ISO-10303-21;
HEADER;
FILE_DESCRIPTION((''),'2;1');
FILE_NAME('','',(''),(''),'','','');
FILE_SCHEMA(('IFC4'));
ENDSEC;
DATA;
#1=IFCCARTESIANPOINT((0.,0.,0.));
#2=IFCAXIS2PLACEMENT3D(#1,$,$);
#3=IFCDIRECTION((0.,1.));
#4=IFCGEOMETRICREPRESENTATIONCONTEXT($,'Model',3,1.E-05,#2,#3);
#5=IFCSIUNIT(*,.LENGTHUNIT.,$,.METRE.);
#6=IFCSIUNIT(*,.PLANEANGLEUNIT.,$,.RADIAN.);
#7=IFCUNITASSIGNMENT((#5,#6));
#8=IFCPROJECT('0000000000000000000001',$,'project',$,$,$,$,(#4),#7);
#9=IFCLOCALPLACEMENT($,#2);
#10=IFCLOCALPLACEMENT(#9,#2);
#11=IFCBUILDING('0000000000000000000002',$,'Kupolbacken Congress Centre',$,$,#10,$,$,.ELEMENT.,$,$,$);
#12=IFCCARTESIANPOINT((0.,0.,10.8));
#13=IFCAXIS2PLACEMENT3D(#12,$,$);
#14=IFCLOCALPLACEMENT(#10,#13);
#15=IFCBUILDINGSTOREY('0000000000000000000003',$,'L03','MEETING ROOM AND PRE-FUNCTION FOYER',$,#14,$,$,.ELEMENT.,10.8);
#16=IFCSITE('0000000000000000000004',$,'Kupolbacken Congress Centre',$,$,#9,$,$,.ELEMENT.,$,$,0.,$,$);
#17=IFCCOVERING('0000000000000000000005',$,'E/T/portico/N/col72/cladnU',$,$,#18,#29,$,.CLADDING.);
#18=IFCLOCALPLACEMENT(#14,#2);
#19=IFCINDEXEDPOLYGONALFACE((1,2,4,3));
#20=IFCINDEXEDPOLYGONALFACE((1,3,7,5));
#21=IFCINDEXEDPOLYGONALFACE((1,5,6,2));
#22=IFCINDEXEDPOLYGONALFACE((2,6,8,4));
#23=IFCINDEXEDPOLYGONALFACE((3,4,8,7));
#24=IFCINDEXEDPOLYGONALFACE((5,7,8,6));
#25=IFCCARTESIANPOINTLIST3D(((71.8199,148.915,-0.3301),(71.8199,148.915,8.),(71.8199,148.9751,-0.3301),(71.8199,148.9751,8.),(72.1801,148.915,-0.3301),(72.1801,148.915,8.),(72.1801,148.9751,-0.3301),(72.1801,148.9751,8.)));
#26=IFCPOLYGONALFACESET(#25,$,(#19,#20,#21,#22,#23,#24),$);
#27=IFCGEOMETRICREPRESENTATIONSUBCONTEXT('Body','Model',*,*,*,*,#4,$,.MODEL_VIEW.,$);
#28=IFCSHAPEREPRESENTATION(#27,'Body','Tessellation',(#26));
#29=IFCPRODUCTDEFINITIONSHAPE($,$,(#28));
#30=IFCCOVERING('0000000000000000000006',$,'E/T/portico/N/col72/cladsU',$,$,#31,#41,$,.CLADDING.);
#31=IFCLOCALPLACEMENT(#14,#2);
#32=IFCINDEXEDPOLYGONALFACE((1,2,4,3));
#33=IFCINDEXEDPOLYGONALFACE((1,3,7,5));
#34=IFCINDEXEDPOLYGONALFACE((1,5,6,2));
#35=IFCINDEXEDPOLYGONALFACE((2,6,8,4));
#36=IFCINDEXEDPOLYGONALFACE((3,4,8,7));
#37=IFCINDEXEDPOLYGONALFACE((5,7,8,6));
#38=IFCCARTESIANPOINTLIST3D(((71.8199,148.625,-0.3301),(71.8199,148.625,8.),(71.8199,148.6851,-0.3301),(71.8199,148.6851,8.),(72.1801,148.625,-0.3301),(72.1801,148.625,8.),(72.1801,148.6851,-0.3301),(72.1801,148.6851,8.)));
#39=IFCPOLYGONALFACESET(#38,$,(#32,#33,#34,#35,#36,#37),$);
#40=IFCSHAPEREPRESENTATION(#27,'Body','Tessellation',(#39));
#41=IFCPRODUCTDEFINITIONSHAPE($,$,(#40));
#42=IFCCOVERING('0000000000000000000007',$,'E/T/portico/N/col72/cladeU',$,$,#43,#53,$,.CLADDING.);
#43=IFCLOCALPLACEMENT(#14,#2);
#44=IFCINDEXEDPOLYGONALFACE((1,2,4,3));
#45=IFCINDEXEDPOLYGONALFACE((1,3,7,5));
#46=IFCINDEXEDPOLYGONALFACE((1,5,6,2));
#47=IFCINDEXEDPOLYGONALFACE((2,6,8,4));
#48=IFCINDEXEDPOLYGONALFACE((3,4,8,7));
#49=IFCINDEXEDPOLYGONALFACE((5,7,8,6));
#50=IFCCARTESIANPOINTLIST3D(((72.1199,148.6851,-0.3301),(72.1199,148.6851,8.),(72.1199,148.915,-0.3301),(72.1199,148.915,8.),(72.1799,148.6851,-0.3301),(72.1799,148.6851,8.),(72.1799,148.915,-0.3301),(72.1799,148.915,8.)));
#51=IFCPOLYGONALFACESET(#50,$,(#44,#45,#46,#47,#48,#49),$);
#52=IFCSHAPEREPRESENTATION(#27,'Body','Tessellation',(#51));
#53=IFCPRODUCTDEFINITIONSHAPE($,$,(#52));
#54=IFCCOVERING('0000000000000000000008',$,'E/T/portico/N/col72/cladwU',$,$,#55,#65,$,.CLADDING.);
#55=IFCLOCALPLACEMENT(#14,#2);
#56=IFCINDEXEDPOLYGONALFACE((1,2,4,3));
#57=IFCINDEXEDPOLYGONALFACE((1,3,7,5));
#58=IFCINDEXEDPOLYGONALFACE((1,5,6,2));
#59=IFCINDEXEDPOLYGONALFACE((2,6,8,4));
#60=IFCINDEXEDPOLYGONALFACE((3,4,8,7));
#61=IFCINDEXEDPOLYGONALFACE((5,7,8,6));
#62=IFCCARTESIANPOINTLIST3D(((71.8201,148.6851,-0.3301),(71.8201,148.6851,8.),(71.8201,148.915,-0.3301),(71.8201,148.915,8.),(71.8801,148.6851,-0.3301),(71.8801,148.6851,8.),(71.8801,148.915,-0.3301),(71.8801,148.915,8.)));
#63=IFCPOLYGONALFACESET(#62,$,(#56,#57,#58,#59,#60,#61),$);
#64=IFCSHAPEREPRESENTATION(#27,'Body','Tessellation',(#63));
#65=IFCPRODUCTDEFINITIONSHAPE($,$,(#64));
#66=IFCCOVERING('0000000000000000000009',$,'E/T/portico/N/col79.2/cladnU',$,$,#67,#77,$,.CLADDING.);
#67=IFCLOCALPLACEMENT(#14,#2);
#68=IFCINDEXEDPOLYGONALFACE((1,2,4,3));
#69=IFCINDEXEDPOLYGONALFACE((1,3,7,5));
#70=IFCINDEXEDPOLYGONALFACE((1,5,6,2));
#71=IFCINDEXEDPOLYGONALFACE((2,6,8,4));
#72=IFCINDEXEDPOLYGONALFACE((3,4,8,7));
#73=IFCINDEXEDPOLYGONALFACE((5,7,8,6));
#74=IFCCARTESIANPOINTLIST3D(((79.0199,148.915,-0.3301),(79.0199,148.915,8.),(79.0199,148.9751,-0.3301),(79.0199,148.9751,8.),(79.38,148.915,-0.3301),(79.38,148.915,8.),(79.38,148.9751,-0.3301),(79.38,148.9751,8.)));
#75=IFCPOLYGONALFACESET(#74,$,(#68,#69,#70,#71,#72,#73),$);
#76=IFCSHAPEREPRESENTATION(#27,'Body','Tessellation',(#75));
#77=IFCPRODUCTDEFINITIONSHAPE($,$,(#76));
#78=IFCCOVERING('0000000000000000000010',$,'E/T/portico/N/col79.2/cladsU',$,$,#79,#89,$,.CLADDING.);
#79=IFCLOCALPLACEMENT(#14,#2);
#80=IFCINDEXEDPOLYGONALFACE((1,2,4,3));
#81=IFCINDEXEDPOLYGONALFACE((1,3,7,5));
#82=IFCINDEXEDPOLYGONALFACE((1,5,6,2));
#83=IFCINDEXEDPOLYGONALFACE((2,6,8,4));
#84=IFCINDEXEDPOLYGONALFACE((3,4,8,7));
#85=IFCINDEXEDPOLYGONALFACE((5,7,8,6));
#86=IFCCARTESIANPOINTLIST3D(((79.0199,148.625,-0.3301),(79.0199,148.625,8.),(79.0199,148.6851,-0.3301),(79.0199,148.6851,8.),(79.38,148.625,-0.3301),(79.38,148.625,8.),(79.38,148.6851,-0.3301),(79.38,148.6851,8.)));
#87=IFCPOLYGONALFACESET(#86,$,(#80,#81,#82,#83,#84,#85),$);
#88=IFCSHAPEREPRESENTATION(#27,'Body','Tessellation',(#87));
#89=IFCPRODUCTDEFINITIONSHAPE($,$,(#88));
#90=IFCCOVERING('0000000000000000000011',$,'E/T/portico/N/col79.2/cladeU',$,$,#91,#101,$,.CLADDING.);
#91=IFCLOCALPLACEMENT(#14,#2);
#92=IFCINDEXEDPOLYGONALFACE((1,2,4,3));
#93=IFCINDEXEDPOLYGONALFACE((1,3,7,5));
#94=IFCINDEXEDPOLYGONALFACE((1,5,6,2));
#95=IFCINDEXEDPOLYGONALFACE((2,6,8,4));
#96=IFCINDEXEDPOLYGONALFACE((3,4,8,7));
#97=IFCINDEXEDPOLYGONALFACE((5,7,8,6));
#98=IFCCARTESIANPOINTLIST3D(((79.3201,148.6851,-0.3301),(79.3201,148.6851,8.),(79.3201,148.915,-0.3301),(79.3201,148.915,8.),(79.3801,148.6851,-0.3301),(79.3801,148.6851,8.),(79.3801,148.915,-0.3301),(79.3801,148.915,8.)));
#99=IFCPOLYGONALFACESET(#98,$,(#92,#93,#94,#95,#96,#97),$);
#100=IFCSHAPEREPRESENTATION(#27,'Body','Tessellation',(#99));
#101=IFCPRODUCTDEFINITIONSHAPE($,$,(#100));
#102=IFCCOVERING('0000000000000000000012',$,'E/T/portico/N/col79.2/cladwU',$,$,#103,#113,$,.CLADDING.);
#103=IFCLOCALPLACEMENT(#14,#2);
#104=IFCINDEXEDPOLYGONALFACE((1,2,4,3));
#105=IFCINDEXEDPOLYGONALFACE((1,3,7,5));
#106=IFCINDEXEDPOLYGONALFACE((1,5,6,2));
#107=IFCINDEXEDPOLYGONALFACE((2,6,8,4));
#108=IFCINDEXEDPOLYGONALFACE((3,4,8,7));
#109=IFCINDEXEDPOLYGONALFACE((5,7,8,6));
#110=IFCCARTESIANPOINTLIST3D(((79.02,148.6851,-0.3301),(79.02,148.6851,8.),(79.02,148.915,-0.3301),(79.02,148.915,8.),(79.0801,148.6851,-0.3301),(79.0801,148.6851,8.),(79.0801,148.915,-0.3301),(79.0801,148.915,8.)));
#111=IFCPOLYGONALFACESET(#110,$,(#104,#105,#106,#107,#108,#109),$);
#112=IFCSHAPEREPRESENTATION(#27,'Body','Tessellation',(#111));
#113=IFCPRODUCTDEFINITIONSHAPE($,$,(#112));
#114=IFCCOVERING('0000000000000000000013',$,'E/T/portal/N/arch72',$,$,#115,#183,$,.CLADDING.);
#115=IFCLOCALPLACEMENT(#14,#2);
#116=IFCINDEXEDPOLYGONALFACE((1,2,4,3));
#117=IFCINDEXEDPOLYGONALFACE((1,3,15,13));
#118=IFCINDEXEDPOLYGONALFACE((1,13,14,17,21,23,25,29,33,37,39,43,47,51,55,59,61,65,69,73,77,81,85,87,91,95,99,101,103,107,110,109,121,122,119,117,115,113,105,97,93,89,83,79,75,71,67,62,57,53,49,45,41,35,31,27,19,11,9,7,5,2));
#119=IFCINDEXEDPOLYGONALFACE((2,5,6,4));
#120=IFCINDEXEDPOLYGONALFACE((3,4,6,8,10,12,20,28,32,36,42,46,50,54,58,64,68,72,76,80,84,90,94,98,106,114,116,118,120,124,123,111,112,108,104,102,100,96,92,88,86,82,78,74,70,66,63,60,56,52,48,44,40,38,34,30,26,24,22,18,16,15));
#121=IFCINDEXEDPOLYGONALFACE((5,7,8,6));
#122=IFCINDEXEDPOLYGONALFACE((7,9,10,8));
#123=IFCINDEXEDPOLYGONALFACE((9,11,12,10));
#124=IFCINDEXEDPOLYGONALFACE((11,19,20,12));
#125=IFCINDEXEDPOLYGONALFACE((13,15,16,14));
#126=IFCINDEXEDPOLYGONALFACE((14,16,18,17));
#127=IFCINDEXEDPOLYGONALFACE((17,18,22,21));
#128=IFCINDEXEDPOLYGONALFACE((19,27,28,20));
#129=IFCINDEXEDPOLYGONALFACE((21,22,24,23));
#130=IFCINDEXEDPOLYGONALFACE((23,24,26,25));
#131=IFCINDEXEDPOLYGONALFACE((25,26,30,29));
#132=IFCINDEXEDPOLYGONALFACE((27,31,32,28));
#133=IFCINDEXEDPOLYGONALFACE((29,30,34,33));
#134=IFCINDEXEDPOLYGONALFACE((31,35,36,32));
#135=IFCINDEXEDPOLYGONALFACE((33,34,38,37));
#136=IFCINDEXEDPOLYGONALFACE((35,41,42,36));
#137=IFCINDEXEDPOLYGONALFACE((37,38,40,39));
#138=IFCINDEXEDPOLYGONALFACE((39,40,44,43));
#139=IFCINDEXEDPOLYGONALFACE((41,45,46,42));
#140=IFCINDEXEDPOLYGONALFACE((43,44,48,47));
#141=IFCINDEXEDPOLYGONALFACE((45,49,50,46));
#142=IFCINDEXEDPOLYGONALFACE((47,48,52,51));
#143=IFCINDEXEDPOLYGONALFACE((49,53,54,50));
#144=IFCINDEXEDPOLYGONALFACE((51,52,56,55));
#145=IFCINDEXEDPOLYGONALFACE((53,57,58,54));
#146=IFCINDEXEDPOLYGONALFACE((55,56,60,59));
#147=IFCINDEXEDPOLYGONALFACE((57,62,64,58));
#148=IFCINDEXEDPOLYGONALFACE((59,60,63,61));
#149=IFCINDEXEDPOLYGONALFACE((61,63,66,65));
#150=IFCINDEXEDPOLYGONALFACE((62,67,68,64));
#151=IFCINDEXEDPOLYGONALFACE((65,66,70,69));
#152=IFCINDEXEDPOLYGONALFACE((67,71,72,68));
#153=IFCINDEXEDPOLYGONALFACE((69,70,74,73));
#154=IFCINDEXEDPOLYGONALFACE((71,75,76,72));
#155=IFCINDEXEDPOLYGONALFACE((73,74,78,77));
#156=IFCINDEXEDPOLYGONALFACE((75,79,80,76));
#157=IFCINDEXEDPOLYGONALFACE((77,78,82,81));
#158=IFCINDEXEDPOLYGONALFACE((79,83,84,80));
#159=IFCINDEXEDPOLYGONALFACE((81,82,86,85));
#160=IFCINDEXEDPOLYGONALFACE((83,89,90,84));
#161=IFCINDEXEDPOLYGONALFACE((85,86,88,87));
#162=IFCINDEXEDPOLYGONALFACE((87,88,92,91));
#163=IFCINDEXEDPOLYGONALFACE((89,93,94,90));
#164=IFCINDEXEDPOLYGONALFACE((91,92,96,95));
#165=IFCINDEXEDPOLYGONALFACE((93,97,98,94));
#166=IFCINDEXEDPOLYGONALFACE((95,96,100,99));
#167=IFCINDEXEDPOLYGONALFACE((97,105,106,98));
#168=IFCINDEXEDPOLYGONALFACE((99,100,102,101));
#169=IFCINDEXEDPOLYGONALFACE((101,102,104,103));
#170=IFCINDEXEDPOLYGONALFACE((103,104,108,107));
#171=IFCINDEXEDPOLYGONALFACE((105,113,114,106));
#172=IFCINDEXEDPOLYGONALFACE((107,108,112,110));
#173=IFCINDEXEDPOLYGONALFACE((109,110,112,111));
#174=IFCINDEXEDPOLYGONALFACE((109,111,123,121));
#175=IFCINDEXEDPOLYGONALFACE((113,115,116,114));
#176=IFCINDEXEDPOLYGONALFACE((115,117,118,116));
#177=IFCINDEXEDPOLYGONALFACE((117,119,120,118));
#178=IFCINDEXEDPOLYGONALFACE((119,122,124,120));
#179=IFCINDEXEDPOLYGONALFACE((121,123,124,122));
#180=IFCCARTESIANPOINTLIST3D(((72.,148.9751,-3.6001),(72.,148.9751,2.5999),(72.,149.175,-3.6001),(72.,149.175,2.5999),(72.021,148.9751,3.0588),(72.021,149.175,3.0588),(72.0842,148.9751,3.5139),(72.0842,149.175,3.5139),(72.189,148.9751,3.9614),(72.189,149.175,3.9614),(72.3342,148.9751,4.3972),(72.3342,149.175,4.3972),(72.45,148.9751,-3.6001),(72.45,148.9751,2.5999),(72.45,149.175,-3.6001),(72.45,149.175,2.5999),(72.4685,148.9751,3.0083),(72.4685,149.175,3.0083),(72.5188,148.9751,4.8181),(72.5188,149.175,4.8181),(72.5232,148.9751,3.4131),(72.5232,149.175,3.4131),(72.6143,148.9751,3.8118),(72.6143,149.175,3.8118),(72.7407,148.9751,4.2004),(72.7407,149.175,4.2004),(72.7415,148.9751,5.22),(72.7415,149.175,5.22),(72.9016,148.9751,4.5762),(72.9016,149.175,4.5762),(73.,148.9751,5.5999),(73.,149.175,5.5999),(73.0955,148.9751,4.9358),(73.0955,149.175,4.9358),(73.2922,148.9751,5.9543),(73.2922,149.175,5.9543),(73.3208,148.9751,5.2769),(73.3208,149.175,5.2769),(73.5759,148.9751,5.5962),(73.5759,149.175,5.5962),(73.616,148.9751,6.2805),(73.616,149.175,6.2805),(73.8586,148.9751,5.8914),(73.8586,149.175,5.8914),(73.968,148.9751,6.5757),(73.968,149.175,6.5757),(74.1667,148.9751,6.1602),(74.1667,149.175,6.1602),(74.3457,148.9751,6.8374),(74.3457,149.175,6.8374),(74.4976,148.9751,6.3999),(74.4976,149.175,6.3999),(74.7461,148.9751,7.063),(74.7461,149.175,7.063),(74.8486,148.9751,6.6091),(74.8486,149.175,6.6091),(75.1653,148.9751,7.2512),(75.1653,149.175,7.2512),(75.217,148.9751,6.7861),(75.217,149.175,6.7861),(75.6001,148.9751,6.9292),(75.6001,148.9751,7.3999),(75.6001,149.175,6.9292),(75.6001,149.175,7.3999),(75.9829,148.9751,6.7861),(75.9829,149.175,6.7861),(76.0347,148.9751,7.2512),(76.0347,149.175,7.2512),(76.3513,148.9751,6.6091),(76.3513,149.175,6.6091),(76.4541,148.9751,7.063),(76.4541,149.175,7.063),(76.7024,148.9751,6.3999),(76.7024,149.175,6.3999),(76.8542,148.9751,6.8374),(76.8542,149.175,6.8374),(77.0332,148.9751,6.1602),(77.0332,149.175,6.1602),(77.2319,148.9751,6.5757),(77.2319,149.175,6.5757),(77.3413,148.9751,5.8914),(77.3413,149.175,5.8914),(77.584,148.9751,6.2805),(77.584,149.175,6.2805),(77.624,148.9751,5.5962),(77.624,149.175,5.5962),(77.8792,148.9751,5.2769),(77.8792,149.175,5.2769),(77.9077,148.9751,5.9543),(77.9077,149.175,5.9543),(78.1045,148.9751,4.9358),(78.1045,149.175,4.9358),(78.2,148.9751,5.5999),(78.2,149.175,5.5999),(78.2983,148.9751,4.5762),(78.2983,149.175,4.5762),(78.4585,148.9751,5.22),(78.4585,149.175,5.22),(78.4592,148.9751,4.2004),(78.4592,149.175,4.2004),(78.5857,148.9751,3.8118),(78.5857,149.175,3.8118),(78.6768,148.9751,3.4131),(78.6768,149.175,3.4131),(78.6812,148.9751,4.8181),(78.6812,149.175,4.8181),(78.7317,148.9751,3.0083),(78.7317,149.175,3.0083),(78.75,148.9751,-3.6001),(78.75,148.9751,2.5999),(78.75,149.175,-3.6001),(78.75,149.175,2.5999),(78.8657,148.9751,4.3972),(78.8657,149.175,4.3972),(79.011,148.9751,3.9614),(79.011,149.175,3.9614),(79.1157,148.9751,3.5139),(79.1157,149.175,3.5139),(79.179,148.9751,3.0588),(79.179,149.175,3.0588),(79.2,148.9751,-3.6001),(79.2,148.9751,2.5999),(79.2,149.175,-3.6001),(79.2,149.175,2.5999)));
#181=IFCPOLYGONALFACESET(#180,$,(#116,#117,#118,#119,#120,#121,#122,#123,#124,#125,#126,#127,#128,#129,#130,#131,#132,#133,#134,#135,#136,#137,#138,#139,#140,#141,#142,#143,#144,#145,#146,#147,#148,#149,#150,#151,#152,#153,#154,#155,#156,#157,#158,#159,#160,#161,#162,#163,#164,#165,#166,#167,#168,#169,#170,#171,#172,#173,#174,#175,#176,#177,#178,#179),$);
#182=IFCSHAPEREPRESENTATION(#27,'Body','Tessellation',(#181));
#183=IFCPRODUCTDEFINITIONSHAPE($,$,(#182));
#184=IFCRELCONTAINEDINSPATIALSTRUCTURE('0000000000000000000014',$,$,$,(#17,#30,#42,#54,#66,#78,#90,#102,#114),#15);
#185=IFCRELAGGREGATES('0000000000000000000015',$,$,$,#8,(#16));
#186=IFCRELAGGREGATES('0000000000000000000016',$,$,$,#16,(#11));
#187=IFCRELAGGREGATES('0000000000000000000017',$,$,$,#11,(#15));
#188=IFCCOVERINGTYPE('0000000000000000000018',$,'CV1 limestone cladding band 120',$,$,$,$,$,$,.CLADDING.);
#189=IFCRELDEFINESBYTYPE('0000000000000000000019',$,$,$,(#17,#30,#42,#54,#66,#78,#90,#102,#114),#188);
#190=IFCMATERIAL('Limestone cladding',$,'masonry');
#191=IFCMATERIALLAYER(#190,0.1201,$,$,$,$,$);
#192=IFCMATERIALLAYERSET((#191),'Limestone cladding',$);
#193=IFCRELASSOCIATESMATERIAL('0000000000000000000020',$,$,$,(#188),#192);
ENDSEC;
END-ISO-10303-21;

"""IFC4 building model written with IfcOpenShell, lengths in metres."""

from ifc_helpers import new_model, si_unit, direction, frame, origin, origin_2d, place, context, subcontext, project, spatial, polyline, rectangle, outline, extrude, material, layer, layer_set, type_object, element, save


model = new_model("IFC4")

# Units and contexts
model_context = context("Model", 3, precision=1e-05, world=origin(), true_north=direction((0.0, 1.0)))
body_context = subcontext(model_context, "Body", "Model", "MODEL_VIEW")
ifc_project = project(units=[si_unit("LENGTHUNIT", "METRE"), si_unit("PLANEANGLEUNIT", "RADIAN")], contexts=[model_context])

# Site, building, storey
site_placement = place(None, origin())
site = spatial("IfcSite", under=ifc_project, at=site_placement, Name="Kupolbacken Congress Centre", CompositionType="ELEMENT", RefElevation=0.0)
building_placement = place(site_placement, origin())
building = spatial("IfcBuilding", under=site, at=building_placement, Name="Kupolbacken Congress Centre", CompositionType="ELEMENT")
storey_placement = place(building_placement, frame((0.0, 0.0, 10.8)))
storey = spatial("IfcBuildingStorey", under=building, at=storey_placement, Name="L03", Description="MEETING ROOM AND PRE-FUNCTION FOYER", CompositionType="ELEMENT", Elevation=10.8)

# Coverings
ifc_material_1 = material(Name="Limestone cladding", Category="masonry")
ifc_layer_1 = layer(ifc_material_1, 0.1201)
ifc_layer_set_1 = layer_set([ifc_layer_1], Name="Limestone cladding")
covering_type = type_object("IfcCoveringType", Name="CV1 limestone cladding band 120", PredefinedType="CLADDING", material=ifc_layer_set_1)
for number, where, z_axis, x_axis, name in (
    (1, (72.0, 148.9451, -0.3301), (0.0, 0.0, 1.0), (1.0, 0.0, 0.0), "E/T/portico/N/col72/cladnU"),
    (2, (72.0, 148.655, -0.3301), (0.0, 0.0, 1.0), (1.0, 0.0, 0.0), "E/T/portico/N/col72/cladsU"),
):
    element("IfcCovering", number, at=place(storey_placement, frame(where, z_axis=z_axis, x_axis=x_axis)), inside=storey, type_object=covering_type, Name=name, PredefinedType="CLADDING", context=body_context, shape_type="SweptSolid", body=[
        extrude(rectangle(XDim=0.3601, YDim=0.0601, at=origin_2d()), origin(), (0.0, 0.0, 1.0), 8.3301),
    ])
for number, where, z_axis, x_axis, name in (
    (3, (72.1499, 148.8, -0.3301), (0.0, 0.0, 1.0), (1.0, 0.0, 0.0), "E/T/portico/N/col72/cladeU"),
    (4, (71.8501, 148.8, -0.3301), (0.0, 0.0, 1.0), (1.0, 0.0, 0.0), "E/T/portico/N/col72/cladwU"),
):
    element("IfcCovering", number, at=place(storey_placement, frame(where, z_axis=z_axis, x_axis=x_axis)), inside=storey, type_object=covering_type, Name=name, PredefinedType="CLADDING", context=body_context, shape_type="SweptSolid", body=[
        extrude(rectangle(XDim=0.0601, YDim=0.23, at=origin_2d()), origin(), (0.0, 0.0, 1.0), 8.3301),
    ])
for number, where, z_axis, x_axis, name in (
    (5, (79.2, 148.9451, -0.3301), (0.0, 0.0, 1.0), (1.0, 0.0, 0.0), "E/T/portico/N/col79.2/cladnU"),
    (6, (79.2, 148.655, -0.3301), (0.0, 0.0, 1.0), (1.0, 0.0, 0.0), "E/T/portico/N/col79.2/cladsU"),
):
    element("IfcCovering", number, at=place(storey_placement, frame(where, z_axis=z_axis, x_axis=x_axis)), inside=storey, type_object=covering_type, Name=name, PredefinedType="CLADDING", context=body_context, shape_type="SweptSolid", body=[
        extrude(rectangle(XDim=0.3601, YDim=0.0601, at=origin_2d()), origin(), (0.0, 0.0, 1.0), 8.3301),
    ])
for number, where, z_axis, x_axis, name in (
    (7, (79.3501, 148.8, -0.3301), (0.0, 0.0, 1.0), (1.0, 0.0, 0.0), "E/T/portico/N/col79.2/cladeU"),
    (8, (79.05, 148.8, -0.3301), (0.0, 0.0, 1.0), (1.0, 0.0, 0.0), "E/T/portico/N/col79.2/cladwU"),
):
    element("IfcCovering", number, at=place(storey_placement, frame(where, z_axis=z_axis, x_axis=x_axis)), inside=storey, type_object=covering_type, Name=name, PredefinedType="CLADDING", context=body_context, shape_type="SweptSolid", body=[
        extrude(rectangle(XDim=0.0601, YDim=0.23, at=origin_2d()), origin(), (0.0, 0.0, 1.0), 8.3301),
    ])
covering_1_placement = place(storey_placement, frame((72.0, 148.9751, -3.6001), z_axis=(0.0, 1.0, 0.0), x_axis=(-1.0, 0.0, 0.0)))
element("IfcCovering", 9, at=covering_1_placement, inside=storey, type_object=covering_type, Name="E/T/portal/N/arch72", PredefinedType="CLADDING", context=body_context, shape_type="SweptSolid", body=[
    extrude(outline(polyline([(0.0, 0.0), (0.0, 6.2), (-0.021, 6.6589), (-0.0842, 7.114), (-0.189, 7.5615), (-0.3342, 7.9973), (-0.5188, 8.4182), (-0.7415, 8.8201), (-1.0, 9.2), (-1.2922, 9.5544), (-1.616, 9.8806), (-1.968, 10.1758), (-2.3457, 10.4375), (-2.7461, 10.6631), (-3.1653, 10.8513), (-3.6001, 11.0), (-4.0347, 10.8513), (-4.4541, 10.6631), (-4.8542, 10.4375), (-5.2319, 10.1758), (-5.584, 9.8806), (-5.9077, 9.5544), (-6.2, 9.2), (-6.4585, 8.8201), (-6.6812, 8.4182), (-6.8657, 7.9973), (-7.011, 7.5615), (-7.1157, 7.114), (-7.179, 6.6589), (-7.2, 6.2), (-7.2, 0.0), (-6.75, 0.0), (-6.75, 6.2), (-6.7317, 6.6084), (-6.6768, 7.0132), (-6.5857, 7.4119), (-6.4592, 7.8005), (-6.2983, 8.1763), (-6.1045, 8.5359), (-5.8792, 8.877), (-5.624, 9.1963), (-5.3413, 9.4915), (-5.0332, 9.7603), (-4.7024, 10.0), (-4.3513, 10.2092), (-3.9829, 10.3862), (-3.6001, 10.5293), (-3.217, 10.3862), (-2.8486, 10.2092), (-2.4976, 10.0), (-2.1667, 9.7603), (-1.8586, 9.4915), (-1.5759, 9.1963), (-1.3208, 8.877), (-1.0955, 8.5359), (-0.9016, 8.1763), (-0.7407, 7.8005), (-0.6143, 7.4119), (-0.5232, 7.0132), (-0.4685, 6.6084), (-0.45, 6.2), (-0.45, 0.0), (0.0, 0.0)])), origin(), (0.0, 0.0, 1.0), 0.2),
])

save(model, "model.ifc")
